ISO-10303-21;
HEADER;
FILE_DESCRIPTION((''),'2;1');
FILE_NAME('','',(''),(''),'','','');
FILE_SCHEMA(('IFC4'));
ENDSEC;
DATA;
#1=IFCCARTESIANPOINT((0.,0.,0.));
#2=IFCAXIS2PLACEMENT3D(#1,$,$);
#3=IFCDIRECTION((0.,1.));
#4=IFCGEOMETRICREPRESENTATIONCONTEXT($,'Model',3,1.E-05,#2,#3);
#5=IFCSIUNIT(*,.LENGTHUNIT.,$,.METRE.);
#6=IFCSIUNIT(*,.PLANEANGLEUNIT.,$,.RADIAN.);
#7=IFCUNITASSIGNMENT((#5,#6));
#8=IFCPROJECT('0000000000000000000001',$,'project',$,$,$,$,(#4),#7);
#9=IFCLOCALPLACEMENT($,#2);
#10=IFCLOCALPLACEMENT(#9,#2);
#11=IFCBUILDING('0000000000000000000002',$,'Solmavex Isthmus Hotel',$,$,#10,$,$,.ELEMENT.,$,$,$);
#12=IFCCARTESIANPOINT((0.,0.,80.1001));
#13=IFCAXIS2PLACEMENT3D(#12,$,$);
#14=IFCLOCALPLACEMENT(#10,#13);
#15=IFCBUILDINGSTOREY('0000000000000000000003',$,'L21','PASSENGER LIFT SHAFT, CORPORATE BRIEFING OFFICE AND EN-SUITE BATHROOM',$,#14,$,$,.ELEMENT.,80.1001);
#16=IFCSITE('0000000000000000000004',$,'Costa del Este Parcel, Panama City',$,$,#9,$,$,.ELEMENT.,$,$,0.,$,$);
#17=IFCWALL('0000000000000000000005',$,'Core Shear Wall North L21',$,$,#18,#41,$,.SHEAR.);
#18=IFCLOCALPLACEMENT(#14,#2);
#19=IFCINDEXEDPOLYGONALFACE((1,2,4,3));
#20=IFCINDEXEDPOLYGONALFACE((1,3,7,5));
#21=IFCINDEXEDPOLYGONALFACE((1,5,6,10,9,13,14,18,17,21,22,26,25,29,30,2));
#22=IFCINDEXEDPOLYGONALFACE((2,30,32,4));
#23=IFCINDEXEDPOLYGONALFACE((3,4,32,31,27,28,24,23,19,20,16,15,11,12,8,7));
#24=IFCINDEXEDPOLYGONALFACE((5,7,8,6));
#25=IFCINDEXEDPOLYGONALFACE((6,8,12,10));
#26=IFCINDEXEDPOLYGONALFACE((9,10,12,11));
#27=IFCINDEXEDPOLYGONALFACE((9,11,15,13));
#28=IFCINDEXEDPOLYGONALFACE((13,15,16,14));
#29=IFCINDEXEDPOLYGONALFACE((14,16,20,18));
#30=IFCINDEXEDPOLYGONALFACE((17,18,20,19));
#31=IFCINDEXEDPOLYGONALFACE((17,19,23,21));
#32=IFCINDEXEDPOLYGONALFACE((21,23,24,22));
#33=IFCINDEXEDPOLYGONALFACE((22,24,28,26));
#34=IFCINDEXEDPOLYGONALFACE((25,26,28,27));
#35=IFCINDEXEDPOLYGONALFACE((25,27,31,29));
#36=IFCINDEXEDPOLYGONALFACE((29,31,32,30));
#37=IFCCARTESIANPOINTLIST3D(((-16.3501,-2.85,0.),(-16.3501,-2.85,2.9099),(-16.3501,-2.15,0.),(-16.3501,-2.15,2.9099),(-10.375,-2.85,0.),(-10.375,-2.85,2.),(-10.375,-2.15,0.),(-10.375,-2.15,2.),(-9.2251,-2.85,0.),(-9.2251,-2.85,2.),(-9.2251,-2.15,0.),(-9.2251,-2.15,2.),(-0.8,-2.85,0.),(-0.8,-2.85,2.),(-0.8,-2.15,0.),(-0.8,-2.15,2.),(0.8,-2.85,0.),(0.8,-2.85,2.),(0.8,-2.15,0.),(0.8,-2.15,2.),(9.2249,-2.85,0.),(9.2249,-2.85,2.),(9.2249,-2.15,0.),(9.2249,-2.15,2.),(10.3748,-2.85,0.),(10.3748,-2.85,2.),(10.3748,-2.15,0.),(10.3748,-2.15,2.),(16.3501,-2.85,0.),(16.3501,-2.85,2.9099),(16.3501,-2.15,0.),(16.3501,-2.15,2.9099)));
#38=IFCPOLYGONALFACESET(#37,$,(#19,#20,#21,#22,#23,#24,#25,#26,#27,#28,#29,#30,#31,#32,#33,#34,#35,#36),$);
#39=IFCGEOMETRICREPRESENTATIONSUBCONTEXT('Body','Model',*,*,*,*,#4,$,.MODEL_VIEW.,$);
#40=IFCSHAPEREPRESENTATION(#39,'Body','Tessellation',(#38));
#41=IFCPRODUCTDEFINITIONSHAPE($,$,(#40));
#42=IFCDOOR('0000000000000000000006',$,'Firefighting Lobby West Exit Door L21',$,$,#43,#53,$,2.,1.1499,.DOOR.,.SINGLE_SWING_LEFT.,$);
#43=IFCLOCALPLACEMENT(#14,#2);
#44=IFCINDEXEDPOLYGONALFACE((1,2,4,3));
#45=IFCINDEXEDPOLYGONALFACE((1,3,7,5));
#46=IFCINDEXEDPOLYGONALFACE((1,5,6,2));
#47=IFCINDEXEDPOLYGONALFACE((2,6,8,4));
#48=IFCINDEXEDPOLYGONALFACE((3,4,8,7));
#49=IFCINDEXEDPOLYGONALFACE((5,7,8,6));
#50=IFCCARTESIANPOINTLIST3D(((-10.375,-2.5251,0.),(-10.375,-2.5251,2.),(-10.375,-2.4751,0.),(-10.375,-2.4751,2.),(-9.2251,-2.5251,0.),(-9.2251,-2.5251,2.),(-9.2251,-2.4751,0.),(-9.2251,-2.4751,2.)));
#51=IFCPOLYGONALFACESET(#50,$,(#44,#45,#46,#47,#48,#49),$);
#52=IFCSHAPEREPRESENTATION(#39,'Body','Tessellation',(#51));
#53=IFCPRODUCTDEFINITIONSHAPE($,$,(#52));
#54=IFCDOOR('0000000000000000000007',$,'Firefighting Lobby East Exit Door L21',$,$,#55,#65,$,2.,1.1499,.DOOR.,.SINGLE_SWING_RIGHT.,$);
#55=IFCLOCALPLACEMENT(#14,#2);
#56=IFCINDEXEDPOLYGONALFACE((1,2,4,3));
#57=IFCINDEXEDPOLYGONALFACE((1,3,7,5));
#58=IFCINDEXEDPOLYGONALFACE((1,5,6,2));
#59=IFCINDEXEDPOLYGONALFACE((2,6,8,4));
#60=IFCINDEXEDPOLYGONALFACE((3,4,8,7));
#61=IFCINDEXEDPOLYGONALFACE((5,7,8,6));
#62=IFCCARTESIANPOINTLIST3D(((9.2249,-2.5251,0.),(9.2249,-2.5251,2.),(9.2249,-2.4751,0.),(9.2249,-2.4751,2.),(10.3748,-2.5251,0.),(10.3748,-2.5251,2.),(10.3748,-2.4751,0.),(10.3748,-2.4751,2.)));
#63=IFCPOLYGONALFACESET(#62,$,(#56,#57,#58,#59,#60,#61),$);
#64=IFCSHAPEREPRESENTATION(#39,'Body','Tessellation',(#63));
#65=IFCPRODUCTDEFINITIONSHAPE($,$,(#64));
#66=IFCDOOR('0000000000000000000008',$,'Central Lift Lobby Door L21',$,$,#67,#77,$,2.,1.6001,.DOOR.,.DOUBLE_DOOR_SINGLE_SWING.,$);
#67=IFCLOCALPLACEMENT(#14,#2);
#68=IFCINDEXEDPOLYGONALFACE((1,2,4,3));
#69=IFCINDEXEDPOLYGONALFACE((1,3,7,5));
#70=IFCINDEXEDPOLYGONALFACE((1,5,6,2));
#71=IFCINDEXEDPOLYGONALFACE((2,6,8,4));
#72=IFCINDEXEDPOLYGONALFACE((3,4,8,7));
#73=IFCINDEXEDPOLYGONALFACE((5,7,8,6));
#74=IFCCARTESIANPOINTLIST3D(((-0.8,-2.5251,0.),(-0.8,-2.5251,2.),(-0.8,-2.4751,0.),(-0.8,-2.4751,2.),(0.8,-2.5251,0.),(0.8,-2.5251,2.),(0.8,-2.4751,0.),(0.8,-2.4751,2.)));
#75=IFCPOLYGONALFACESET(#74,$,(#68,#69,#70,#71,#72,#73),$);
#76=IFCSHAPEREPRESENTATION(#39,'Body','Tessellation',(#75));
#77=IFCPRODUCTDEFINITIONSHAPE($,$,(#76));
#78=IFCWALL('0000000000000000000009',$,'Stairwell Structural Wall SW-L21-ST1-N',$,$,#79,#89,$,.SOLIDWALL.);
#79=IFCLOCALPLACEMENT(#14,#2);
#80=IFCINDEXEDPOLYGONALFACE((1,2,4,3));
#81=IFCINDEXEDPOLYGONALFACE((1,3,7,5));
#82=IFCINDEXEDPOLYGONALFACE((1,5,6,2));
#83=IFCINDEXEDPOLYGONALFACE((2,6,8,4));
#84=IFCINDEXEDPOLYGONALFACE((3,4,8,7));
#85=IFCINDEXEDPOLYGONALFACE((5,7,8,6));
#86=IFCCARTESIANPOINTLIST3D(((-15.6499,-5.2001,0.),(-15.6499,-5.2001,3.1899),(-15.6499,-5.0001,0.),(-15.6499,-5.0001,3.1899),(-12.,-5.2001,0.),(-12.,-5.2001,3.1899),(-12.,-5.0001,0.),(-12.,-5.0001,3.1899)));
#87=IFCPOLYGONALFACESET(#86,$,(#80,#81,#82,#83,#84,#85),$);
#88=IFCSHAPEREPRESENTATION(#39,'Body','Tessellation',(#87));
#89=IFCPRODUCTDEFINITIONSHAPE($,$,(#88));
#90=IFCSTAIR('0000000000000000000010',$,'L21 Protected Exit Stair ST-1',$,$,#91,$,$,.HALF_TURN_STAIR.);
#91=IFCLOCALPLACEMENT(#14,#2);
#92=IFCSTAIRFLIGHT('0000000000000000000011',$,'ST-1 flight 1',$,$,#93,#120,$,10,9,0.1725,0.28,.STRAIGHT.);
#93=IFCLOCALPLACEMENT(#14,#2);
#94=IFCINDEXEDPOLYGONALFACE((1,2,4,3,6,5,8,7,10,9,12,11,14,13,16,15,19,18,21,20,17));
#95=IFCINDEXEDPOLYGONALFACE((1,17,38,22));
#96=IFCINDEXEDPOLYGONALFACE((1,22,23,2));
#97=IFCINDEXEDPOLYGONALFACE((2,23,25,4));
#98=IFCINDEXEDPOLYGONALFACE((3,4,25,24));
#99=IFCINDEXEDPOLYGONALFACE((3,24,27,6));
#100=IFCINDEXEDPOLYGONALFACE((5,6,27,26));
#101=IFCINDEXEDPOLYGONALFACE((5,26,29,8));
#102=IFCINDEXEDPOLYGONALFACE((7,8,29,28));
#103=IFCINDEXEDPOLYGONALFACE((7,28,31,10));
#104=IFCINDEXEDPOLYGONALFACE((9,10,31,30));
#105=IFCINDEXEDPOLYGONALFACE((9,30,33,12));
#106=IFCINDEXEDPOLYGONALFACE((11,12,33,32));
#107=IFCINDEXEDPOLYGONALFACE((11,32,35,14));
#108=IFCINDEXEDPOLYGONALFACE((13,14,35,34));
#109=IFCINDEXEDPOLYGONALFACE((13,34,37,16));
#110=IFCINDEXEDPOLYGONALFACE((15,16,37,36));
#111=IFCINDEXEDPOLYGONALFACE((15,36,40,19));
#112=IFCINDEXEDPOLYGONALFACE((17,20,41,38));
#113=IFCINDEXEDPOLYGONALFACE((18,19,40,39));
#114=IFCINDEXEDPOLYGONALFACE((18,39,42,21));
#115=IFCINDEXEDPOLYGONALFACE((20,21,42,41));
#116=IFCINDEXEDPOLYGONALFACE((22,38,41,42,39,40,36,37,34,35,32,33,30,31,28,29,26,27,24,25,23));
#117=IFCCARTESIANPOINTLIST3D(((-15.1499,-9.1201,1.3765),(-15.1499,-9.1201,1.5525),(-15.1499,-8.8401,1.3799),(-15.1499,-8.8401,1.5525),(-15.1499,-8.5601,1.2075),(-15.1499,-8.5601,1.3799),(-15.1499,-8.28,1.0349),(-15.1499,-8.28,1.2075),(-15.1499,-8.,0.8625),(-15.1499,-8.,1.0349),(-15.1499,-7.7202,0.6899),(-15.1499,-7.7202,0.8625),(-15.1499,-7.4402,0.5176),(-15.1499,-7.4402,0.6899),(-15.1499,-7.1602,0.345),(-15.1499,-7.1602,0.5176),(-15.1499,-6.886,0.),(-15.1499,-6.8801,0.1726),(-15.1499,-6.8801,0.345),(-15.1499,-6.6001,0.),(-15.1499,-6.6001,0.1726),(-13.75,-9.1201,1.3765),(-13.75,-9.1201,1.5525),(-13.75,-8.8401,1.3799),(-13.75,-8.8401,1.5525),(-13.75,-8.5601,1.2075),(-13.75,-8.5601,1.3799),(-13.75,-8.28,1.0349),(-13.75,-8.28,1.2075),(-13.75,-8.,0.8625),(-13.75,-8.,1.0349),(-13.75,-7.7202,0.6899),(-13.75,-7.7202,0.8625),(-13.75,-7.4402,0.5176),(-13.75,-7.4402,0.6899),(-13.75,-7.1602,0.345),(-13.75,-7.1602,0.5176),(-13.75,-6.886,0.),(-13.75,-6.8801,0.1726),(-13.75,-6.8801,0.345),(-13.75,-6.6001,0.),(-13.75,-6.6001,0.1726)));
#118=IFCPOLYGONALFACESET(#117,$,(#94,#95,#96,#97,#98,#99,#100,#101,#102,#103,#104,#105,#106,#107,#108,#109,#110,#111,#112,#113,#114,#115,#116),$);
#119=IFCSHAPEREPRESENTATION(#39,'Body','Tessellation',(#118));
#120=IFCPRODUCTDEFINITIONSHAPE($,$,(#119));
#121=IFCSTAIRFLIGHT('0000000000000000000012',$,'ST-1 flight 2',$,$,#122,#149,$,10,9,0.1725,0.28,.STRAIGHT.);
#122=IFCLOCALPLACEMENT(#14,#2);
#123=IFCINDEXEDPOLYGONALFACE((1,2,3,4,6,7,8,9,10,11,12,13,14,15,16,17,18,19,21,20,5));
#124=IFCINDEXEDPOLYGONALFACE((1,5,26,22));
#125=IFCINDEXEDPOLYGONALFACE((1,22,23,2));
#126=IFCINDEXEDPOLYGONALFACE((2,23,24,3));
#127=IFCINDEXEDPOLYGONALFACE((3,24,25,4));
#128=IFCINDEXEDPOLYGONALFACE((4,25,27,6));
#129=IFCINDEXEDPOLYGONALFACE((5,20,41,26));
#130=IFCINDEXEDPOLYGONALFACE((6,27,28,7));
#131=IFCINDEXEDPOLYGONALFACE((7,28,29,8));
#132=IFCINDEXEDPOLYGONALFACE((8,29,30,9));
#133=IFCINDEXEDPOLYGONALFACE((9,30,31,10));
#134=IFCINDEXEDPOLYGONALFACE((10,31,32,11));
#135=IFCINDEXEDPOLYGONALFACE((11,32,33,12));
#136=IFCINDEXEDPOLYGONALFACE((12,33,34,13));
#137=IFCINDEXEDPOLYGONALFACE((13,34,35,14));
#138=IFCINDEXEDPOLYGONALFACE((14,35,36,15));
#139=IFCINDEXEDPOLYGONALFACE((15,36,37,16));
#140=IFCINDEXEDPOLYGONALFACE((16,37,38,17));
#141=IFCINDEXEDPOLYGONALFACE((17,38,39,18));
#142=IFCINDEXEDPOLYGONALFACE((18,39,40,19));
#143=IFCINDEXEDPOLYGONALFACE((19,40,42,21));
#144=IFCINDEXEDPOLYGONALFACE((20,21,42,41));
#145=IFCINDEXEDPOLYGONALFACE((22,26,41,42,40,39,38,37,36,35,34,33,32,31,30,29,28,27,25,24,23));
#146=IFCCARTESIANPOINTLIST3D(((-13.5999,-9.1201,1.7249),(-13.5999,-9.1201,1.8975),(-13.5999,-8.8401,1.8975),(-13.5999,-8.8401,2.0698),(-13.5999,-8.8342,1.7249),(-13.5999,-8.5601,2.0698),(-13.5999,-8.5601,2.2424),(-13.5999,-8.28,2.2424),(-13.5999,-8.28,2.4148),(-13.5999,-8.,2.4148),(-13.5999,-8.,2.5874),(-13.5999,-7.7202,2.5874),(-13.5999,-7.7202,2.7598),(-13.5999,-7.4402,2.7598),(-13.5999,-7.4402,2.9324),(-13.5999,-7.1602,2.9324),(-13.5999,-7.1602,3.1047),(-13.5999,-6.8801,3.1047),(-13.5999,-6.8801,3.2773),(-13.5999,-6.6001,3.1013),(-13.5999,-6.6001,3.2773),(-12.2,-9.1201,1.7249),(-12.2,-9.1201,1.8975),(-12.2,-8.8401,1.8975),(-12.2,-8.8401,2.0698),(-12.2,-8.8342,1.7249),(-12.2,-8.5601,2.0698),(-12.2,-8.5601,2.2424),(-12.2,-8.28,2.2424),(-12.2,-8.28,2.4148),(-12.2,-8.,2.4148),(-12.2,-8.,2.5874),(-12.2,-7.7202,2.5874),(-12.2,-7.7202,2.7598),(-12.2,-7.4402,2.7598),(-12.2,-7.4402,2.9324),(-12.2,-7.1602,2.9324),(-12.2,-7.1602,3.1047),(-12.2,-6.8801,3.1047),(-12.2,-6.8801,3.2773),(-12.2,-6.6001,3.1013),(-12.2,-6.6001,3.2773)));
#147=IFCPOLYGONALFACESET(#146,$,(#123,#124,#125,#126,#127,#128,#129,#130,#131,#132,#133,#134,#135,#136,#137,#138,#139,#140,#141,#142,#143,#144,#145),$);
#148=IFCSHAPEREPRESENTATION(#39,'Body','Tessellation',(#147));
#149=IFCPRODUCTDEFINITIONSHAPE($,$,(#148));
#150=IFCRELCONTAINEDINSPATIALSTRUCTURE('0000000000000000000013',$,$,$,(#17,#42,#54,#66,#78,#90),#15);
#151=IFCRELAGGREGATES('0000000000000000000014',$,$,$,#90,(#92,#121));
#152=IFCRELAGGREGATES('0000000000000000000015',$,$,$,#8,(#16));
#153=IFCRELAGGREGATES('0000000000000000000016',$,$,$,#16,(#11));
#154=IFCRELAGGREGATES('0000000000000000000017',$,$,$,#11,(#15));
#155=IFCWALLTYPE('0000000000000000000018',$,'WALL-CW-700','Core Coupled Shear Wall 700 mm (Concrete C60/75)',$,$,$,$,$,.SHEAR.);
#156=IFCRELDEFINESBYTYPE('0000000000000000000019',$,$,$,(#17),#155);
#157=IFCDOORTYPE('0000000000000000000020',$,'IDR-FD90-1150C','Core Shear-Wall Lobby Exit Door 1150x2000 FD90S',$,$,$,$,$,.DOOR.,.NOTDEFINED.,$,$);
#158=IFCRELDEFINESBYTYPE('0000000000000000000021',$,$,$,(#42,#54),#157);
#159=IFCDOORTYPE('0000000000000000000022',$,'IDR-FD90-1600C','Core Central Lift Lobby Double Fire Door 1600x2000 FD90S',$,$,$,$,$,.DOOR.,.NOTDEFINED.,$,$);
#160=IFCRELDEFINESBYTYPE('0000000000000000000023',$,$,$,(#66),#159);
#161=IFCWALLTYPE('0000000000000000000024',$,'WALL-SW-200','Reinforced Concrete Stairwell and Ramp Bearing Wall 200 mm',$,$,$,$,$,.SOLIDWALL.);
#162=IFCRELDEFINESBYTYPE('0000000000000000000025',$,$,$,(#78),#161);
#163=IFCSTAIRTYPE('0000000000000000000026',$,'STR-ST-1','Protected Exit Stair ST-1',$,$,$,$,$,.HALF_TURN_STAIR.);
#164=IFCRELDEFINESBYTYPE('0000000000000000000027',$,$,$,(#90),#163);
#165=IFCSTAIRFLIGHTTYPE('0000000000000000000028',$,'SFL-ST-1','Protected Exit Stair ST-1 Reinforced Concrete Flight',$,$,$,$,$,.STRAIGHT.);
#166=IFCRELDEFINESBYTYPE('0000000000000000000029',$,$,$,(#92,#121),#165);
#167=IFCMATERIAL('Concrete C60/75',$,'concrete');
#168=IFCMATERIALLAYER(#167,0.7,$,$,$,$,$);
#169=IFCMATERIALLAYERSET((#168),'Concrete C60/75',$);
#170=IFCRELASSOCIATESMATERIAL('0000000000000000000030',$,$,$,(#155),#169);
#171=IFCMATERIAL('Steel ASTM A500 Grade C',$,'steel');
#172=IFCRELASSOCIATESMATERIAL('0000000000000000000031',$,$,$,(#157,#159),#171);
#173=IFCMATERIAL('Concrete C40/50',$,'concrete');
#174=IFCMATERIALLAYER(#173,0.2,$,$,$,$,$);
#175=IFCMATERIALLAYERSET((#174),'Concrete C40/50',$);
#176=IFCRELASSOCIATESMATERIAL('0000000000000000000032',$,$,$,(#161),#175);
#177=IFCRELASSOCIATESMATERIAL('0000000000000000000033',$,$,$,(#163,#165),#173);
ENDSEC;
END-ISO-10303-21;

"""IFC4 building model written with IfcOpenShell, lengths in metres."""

from ifc_helpers import new_model, si_unit, direction, frame, frame_2d, origin, place, context, subcontext, project, spatial, polyline, rectangle, outline, extrude, material, layer, layer_set, type_object, element, fill, aggregate, save


model = new_model("IFC4")

# Units and contexts
model_context = context("Model", 3, precision=1e-05, world=origin(), true_north=direction((0.0, 1.0)))
body_context = subcontext(model_context, "Body", "Model", "MODEL_VIEW")
ifc_project = project(units=[si_unit("LENGTHUNIT", "METRE"), si_unit("PLANEANGLEUNIT", "RADIAN")], contexts=[model_context])

# Site, building, storey
site_placement = place(None, origin())
site = spatial("IfcSite", under=ifc_project, at=site_placement, Name="Costa del Este Parcel, Panama City", CompositionType="ELEMENT", RefElevation=0.0)
building_placement = place(site_placement, origin())
building = spatial("IfcBuilding", under=site, at=building_placement, Name="Solmavex Isthmus Hotel", CompositionType="ELEMENT")
storey_placement = place(building_placement, frame((0.0, 0.0, 80.1001)))
storey = spatial("IfcBuildingStorey", under=building, at=storey_placement, Name="L21", Description="PASSENGER LIFT SHAFT, CORPORATE BRIEFING OFFICE AND EN-SUITE BATHROOM", CompositionType="ELEMENT", Elevation=80.1001)

# Shared definitions
ifc_material_1 = material(Name="Concrete C60/75", Category="concrete")

# Wall, openings, doors
ifc_layer_1 = layer(ifc_material_1, 0.7)
ifc_layer_set_1 = layer_set([ifc_layer_1], Name="Concrete C60/75")
wall_type_1 = type_object("IfcWallType", Name="WALL-CW-700", Description="Core Coupled Shear Wall 700 mm (Concrete C60/75)", PredefinedType="SHEAR", material=ifc_layer_set_1)
wall_1_placement = place(storey_placement, frame((-16.3501, -2.5, 0.0), z_axis=(0.0, 0.0, 1.0), x_axis=(1.0, 0.0, 0.0)))
wall_1 = element("IfcWall", 1, at=wall_1_placement, inside=storey, type_object=wall_type_1, Name="Core Shear Wall North L21", PredefinedType="SHEAR", context=body_context, shape_type="SweptSolid", body=[
    extrude(rectangle(XDim=32.7002, YDim=0.7, at=frame_2d((16.3501, 0.0))), origin(), (0.0, 0.0, 1.0), 2.9099),
])
opening_1_placement = place(wall_1_placement, frame((5.9751, 0.0, 0.0)))
opening_1 = element("IfcOpeningElement", 2, at=opening_1_placement, cuts=wall_1, PredefinedType="OPENING", context=body_context, shape_type="SweptSolid", body=[
    extrude(rectangle(XDim=1.1499, YDim=2.0, at=frame_2d((0.575, 1.0))), frame((0.0, 0.3599, 0.0), z_axis=(0.0, -1.0, 0.0), x_axis=(1.0, 0.0, 0.0)), (0.0, 0.0, 1.0), 0.72),
])
opening_2_placement = place(wall_1_placement, frame((15.55, 0.0, 0.0)))
opening_2 = element("IfcOpeningElement", 3, at=opening_2_placement, cuts=wall_1, PredefinedType="OPENING", context=body_context, shape_type="SweptSolid", body=[
    extrude(rectangle(XDim=1.6001, YDim=2.0, at=frame_2d((0.8, 1.0))), frame((0.0, 0.3599, 0.0), z_axis=(0.0, -1.0, 0.0), x_axis=(1.0, 0.0, 0.0)), (0.0, 0.0, 1.0), 0.72),
])
opening_3_placement = place(wall_1_placement, frame((25.575, 0.0, 0.0)))
opening_3 = element("IfcOpeningElement", 4, at=opening_3_placement, cuts=wall_1, PredefinedType="OPENING", context=body_context, shape_type="SweptSolid", body=[
    extrude(rectangle(XDim=1.1499, YDim=2.0, at=frame_2d((0.575, 1.0))), frame((0.0, 0.3599, 0.0), z_axis=(0.0, -1.0, 0.0), x_axis=(1.0, 0.0, 0.0)), (0.0, 0.0, 1.0), 0.72),
])
ifc_material_2 = material(Name="Steel ASTM A500 Grade C", Category="steel")
door_type_1 = type_object("IfcDoorType", Name="IDR-FD90-1150C", Description="Core Shear-Wall Lobby Exit Door 1150x2000 FD90S", OperationType="NOTDEFINED", PredefinedType="DOOR", material=ifc_material_2)
door_1_placement = place(opening_1_placement, origin())
door_1 = element("IfcDoor", 5, at=door_1_placement, inside=storey, type_object=door_type_1, Name="Firefighting Lobby West Exit Door L21", OperationType="SINGLE_SWING_LEFT", OverallHeight=2.0, OverallWidth=1.1499, PredefinedType="DOOR", context=body_context, shape_type="SweptSolid", body=[
    extrude(rectangle(XDim=1.1499, YDim=2.0, at=frame_2d((0.575, 1.0))), frame((0.0, 0.0249, 0.0), z_axis=(0.0, -1.0, 0.0), x_axis=(1.0, 0.0, 0.0)), (0.0, 0.0, 1.0), 0.05),
])
fill(opening_1, door_1)
door_2_placement = place(opening_3_placement, origin())
door_2 = element("IfcDoor", 6, at=door_2_placement, inside=storey, type_object=door_type_1, Name="Firefighting Lobby East Exit Door L21", OperationType="SINGLE_SWING_RIGHT", OverallHeight=2.0, OverallWidth=1.1499, PredefinedType="DOOR", context=body_context, shape_type="SweptSolid", body=[
    extrude(rectangle(XDim=1.1499, YDim=2.0, at=frame_2d((0.575, 1.0))), frame((0.0, 0.0249, 0.0), z_axis=(0.0, -1.0, 0.0), x_axis=(1.0, 0.0, 0.0)), (0.0, 0.0, 1.0), 0.05),
])
fill(opening_3, door_2)
door_type_2 = type_object("IfcDoorType", Name="IDR-FD90-1600C", Description="Core Central Lift Lobby Double Fire Door 1600x2000 FD90S", OperationType="NOTDEFINED", PredefinedType="DOOR", material=ifc_material_2)
door_3_placement = place(opening_2_placement, origin())
door_3 = element("IfcDoor", 7, at=door_3_placement, inside=storey, type_object=door_type_2, Name="Central Lift Lobby Door L21", OperationType="DOUBLE_DOOR_SINGLE_SWING", OverallHeight=2.0, OverallWidth=1.6001, PredefinedType="DOOR", context=body_context, shape_type="SweptSolid", body=[
    extrude(rectangle(XDim=1.6001, YDim=2.0, at=frame_2d((0.8, 1.0))), frame((0.0, 0.0249, 0.0), z_axis=(0.0, -1.0, 0.0), x_axis=(1.0, 0.0, 0.0)), (0.0, 0.0, 1.0), 0.05),
])
fill(opening_2, door_3)

# Wall
ifc_material_3 = material(Name="Concrete C40/50", Category="concrete")
ifc_layer_2 = layer(ifc_material_3, 0.2)
ifc_layer_set_2 = layer_set([ifc_layer_2], Name="Concrete C40/50")
wall_type_2 = type_object("IfcWallType", Name="WALL-SW-200", Description="Reinforced Concrete Stairwell and Ramp Bearing Wall 200 mm", PredefinedType="SOLIDWALL", material=ifc_layer_set_2)
wall_2_placement = place(storey_placement, frame((-15.6499, -5.1001, 0.0), z_axis=(0.0, 0.0, 1.0), x_axis=(1.0, 0.0, 0.0)))
element("IfcWall", 8, at=wall_2_placement, inside=storey, type_object=wall_type_2, Name="Stairwell Structural Wall SW-L21-ST1-N", PredefinedType="SOLIDWALL", context=body_context, shape_type="SweptSolid", body=[
    extrude(rectangle(XDim=3.6499, YDim=0.2, at=frame_2d((1.825, 0.0))), origin(), (0.0, 0.0, 1.0), 3.1899),
])

# Stair, stair flights
stair_type = type_object("IfcStairType", Name="STR-ST-1", Description="Protected Exit Stair ST-1", PredefinedType="HALF_TURN_STAIR", material=ifc_material_3)
stair_placement = place(storey_placement, origin())
stair = element("IfcStair", 9, at=stair_placement, inside=storey, type_object=stair_type, Name="L21 Protected Exit Stair ST-1", PredefinedType="HALF_TURN_STAIR")
stair_flight_type = type_object("IfcStairFlightType", Name="SFL-ST-1", Description="Protected Exit Stair ST-1 Reinforced Concrete Flight", PredefinedType="STRAIGHT", material=ifc_material_3)
stair_flight_1_placement = place(storey_placement, frame((-14.45, -6.6001, 0.0), z_axis=(0.0, 0.0, 1.0), x_axis=(0.0, -1.0, 0.0)))
stair_flight_1 = element("IfcStairFlight", 10, at=stair_flight_1_placement, type_object=stair_flight_type, Name="ST-1 flight 1", NumberOfRisers=10, NumberOfTreads=9, PredefinedType="STRAIGHT", RiserHeight=0.1725, TreadLength=0.28, context=body_context, shape_type="SweptSolid", body=[
    extrude(outline(polyline([(0.0, 0.0), (0.0, 0.1726), (0.28, 0.1726), (0.28, 0.345), (0.5601, 0.345), (0.5601, 0.5176), (0.8401, 0.5176), (0.8401, 0.6899), (1.1201, 0.6899), (1.1201, 0.8625), (1.3999, 0.8625), (1.3999, 1.0349), (1.6799, 1.0349), (1.6799, 1.2075), (1.96, 1.2075), (1.96, 1.3799), (2.24, 1.3799), (2.24, 1.5525), (2.52, 1.5525), (2.52, 1.7251), (2.52, 1.3765), (0.2859, 0.0), (0.0, 0.0)])), frame((0.0, 0.7, 0.0), z_axis=(0.0, -1.0, 0.0), x_axis=(1.0, 0.0, 0.0)), (0.0, 0.0, 1.0), 1.3999),
])
stair_flight_2_placement = place(storey_placement, frame((-12.8999, -9.1201, 1.7249), z_axis=(0.0, 0.0, 1.0), x_axis=(0.0, 1.0, 0.0)))
stair_flight_2 = element("IfcStairFlight", 11, at=stair_flight_2_placement, type_object=stair_flight_type, Name="ST-1 flight 2", NumberOfRisers=10, NumberOfTreads=9, PredefinedType="STRAIGHT", RiserHeight=0.1725, TreadLength=0.28, context=body_context, shape_type="SweptSolid", body=[
    extrude(outline(polyline([(0.0, 0.0), (0.0, 0.1726), (0.28, 0.1726), (0.28, 0.345), (0.5601, 0.345), (0.5601, 0.5176), (0.8401, 0.5176), (0.8401, 0.6899), (1.1201, 0.6899), (1.1201, 0.8625), (1.3999, 0.8625), (1.3999, 1.0349), (1.6799, 1.0349), (1.6799, 1.2075), (1.96, 1.2075), (1.96, 1.3799), (2.24, 1.3799), (2.24, 1.5525), (2.52, 1.5525), (2.52, 1.7251), (2.52, 1.3765), (0.2859, 0.0), (0.0, 0.0)])), frame((0.0, 0.7, 0.0), z_axis=(0.0, -1.0, 0.0), x_axis=(1.0, 0.0, 0.0)), (0.0, 0.0, 1.0), 1.3999),
])
aggregate(stair, [stair_flight_1, stair_flight_2])

save(model, "model.ifc")
